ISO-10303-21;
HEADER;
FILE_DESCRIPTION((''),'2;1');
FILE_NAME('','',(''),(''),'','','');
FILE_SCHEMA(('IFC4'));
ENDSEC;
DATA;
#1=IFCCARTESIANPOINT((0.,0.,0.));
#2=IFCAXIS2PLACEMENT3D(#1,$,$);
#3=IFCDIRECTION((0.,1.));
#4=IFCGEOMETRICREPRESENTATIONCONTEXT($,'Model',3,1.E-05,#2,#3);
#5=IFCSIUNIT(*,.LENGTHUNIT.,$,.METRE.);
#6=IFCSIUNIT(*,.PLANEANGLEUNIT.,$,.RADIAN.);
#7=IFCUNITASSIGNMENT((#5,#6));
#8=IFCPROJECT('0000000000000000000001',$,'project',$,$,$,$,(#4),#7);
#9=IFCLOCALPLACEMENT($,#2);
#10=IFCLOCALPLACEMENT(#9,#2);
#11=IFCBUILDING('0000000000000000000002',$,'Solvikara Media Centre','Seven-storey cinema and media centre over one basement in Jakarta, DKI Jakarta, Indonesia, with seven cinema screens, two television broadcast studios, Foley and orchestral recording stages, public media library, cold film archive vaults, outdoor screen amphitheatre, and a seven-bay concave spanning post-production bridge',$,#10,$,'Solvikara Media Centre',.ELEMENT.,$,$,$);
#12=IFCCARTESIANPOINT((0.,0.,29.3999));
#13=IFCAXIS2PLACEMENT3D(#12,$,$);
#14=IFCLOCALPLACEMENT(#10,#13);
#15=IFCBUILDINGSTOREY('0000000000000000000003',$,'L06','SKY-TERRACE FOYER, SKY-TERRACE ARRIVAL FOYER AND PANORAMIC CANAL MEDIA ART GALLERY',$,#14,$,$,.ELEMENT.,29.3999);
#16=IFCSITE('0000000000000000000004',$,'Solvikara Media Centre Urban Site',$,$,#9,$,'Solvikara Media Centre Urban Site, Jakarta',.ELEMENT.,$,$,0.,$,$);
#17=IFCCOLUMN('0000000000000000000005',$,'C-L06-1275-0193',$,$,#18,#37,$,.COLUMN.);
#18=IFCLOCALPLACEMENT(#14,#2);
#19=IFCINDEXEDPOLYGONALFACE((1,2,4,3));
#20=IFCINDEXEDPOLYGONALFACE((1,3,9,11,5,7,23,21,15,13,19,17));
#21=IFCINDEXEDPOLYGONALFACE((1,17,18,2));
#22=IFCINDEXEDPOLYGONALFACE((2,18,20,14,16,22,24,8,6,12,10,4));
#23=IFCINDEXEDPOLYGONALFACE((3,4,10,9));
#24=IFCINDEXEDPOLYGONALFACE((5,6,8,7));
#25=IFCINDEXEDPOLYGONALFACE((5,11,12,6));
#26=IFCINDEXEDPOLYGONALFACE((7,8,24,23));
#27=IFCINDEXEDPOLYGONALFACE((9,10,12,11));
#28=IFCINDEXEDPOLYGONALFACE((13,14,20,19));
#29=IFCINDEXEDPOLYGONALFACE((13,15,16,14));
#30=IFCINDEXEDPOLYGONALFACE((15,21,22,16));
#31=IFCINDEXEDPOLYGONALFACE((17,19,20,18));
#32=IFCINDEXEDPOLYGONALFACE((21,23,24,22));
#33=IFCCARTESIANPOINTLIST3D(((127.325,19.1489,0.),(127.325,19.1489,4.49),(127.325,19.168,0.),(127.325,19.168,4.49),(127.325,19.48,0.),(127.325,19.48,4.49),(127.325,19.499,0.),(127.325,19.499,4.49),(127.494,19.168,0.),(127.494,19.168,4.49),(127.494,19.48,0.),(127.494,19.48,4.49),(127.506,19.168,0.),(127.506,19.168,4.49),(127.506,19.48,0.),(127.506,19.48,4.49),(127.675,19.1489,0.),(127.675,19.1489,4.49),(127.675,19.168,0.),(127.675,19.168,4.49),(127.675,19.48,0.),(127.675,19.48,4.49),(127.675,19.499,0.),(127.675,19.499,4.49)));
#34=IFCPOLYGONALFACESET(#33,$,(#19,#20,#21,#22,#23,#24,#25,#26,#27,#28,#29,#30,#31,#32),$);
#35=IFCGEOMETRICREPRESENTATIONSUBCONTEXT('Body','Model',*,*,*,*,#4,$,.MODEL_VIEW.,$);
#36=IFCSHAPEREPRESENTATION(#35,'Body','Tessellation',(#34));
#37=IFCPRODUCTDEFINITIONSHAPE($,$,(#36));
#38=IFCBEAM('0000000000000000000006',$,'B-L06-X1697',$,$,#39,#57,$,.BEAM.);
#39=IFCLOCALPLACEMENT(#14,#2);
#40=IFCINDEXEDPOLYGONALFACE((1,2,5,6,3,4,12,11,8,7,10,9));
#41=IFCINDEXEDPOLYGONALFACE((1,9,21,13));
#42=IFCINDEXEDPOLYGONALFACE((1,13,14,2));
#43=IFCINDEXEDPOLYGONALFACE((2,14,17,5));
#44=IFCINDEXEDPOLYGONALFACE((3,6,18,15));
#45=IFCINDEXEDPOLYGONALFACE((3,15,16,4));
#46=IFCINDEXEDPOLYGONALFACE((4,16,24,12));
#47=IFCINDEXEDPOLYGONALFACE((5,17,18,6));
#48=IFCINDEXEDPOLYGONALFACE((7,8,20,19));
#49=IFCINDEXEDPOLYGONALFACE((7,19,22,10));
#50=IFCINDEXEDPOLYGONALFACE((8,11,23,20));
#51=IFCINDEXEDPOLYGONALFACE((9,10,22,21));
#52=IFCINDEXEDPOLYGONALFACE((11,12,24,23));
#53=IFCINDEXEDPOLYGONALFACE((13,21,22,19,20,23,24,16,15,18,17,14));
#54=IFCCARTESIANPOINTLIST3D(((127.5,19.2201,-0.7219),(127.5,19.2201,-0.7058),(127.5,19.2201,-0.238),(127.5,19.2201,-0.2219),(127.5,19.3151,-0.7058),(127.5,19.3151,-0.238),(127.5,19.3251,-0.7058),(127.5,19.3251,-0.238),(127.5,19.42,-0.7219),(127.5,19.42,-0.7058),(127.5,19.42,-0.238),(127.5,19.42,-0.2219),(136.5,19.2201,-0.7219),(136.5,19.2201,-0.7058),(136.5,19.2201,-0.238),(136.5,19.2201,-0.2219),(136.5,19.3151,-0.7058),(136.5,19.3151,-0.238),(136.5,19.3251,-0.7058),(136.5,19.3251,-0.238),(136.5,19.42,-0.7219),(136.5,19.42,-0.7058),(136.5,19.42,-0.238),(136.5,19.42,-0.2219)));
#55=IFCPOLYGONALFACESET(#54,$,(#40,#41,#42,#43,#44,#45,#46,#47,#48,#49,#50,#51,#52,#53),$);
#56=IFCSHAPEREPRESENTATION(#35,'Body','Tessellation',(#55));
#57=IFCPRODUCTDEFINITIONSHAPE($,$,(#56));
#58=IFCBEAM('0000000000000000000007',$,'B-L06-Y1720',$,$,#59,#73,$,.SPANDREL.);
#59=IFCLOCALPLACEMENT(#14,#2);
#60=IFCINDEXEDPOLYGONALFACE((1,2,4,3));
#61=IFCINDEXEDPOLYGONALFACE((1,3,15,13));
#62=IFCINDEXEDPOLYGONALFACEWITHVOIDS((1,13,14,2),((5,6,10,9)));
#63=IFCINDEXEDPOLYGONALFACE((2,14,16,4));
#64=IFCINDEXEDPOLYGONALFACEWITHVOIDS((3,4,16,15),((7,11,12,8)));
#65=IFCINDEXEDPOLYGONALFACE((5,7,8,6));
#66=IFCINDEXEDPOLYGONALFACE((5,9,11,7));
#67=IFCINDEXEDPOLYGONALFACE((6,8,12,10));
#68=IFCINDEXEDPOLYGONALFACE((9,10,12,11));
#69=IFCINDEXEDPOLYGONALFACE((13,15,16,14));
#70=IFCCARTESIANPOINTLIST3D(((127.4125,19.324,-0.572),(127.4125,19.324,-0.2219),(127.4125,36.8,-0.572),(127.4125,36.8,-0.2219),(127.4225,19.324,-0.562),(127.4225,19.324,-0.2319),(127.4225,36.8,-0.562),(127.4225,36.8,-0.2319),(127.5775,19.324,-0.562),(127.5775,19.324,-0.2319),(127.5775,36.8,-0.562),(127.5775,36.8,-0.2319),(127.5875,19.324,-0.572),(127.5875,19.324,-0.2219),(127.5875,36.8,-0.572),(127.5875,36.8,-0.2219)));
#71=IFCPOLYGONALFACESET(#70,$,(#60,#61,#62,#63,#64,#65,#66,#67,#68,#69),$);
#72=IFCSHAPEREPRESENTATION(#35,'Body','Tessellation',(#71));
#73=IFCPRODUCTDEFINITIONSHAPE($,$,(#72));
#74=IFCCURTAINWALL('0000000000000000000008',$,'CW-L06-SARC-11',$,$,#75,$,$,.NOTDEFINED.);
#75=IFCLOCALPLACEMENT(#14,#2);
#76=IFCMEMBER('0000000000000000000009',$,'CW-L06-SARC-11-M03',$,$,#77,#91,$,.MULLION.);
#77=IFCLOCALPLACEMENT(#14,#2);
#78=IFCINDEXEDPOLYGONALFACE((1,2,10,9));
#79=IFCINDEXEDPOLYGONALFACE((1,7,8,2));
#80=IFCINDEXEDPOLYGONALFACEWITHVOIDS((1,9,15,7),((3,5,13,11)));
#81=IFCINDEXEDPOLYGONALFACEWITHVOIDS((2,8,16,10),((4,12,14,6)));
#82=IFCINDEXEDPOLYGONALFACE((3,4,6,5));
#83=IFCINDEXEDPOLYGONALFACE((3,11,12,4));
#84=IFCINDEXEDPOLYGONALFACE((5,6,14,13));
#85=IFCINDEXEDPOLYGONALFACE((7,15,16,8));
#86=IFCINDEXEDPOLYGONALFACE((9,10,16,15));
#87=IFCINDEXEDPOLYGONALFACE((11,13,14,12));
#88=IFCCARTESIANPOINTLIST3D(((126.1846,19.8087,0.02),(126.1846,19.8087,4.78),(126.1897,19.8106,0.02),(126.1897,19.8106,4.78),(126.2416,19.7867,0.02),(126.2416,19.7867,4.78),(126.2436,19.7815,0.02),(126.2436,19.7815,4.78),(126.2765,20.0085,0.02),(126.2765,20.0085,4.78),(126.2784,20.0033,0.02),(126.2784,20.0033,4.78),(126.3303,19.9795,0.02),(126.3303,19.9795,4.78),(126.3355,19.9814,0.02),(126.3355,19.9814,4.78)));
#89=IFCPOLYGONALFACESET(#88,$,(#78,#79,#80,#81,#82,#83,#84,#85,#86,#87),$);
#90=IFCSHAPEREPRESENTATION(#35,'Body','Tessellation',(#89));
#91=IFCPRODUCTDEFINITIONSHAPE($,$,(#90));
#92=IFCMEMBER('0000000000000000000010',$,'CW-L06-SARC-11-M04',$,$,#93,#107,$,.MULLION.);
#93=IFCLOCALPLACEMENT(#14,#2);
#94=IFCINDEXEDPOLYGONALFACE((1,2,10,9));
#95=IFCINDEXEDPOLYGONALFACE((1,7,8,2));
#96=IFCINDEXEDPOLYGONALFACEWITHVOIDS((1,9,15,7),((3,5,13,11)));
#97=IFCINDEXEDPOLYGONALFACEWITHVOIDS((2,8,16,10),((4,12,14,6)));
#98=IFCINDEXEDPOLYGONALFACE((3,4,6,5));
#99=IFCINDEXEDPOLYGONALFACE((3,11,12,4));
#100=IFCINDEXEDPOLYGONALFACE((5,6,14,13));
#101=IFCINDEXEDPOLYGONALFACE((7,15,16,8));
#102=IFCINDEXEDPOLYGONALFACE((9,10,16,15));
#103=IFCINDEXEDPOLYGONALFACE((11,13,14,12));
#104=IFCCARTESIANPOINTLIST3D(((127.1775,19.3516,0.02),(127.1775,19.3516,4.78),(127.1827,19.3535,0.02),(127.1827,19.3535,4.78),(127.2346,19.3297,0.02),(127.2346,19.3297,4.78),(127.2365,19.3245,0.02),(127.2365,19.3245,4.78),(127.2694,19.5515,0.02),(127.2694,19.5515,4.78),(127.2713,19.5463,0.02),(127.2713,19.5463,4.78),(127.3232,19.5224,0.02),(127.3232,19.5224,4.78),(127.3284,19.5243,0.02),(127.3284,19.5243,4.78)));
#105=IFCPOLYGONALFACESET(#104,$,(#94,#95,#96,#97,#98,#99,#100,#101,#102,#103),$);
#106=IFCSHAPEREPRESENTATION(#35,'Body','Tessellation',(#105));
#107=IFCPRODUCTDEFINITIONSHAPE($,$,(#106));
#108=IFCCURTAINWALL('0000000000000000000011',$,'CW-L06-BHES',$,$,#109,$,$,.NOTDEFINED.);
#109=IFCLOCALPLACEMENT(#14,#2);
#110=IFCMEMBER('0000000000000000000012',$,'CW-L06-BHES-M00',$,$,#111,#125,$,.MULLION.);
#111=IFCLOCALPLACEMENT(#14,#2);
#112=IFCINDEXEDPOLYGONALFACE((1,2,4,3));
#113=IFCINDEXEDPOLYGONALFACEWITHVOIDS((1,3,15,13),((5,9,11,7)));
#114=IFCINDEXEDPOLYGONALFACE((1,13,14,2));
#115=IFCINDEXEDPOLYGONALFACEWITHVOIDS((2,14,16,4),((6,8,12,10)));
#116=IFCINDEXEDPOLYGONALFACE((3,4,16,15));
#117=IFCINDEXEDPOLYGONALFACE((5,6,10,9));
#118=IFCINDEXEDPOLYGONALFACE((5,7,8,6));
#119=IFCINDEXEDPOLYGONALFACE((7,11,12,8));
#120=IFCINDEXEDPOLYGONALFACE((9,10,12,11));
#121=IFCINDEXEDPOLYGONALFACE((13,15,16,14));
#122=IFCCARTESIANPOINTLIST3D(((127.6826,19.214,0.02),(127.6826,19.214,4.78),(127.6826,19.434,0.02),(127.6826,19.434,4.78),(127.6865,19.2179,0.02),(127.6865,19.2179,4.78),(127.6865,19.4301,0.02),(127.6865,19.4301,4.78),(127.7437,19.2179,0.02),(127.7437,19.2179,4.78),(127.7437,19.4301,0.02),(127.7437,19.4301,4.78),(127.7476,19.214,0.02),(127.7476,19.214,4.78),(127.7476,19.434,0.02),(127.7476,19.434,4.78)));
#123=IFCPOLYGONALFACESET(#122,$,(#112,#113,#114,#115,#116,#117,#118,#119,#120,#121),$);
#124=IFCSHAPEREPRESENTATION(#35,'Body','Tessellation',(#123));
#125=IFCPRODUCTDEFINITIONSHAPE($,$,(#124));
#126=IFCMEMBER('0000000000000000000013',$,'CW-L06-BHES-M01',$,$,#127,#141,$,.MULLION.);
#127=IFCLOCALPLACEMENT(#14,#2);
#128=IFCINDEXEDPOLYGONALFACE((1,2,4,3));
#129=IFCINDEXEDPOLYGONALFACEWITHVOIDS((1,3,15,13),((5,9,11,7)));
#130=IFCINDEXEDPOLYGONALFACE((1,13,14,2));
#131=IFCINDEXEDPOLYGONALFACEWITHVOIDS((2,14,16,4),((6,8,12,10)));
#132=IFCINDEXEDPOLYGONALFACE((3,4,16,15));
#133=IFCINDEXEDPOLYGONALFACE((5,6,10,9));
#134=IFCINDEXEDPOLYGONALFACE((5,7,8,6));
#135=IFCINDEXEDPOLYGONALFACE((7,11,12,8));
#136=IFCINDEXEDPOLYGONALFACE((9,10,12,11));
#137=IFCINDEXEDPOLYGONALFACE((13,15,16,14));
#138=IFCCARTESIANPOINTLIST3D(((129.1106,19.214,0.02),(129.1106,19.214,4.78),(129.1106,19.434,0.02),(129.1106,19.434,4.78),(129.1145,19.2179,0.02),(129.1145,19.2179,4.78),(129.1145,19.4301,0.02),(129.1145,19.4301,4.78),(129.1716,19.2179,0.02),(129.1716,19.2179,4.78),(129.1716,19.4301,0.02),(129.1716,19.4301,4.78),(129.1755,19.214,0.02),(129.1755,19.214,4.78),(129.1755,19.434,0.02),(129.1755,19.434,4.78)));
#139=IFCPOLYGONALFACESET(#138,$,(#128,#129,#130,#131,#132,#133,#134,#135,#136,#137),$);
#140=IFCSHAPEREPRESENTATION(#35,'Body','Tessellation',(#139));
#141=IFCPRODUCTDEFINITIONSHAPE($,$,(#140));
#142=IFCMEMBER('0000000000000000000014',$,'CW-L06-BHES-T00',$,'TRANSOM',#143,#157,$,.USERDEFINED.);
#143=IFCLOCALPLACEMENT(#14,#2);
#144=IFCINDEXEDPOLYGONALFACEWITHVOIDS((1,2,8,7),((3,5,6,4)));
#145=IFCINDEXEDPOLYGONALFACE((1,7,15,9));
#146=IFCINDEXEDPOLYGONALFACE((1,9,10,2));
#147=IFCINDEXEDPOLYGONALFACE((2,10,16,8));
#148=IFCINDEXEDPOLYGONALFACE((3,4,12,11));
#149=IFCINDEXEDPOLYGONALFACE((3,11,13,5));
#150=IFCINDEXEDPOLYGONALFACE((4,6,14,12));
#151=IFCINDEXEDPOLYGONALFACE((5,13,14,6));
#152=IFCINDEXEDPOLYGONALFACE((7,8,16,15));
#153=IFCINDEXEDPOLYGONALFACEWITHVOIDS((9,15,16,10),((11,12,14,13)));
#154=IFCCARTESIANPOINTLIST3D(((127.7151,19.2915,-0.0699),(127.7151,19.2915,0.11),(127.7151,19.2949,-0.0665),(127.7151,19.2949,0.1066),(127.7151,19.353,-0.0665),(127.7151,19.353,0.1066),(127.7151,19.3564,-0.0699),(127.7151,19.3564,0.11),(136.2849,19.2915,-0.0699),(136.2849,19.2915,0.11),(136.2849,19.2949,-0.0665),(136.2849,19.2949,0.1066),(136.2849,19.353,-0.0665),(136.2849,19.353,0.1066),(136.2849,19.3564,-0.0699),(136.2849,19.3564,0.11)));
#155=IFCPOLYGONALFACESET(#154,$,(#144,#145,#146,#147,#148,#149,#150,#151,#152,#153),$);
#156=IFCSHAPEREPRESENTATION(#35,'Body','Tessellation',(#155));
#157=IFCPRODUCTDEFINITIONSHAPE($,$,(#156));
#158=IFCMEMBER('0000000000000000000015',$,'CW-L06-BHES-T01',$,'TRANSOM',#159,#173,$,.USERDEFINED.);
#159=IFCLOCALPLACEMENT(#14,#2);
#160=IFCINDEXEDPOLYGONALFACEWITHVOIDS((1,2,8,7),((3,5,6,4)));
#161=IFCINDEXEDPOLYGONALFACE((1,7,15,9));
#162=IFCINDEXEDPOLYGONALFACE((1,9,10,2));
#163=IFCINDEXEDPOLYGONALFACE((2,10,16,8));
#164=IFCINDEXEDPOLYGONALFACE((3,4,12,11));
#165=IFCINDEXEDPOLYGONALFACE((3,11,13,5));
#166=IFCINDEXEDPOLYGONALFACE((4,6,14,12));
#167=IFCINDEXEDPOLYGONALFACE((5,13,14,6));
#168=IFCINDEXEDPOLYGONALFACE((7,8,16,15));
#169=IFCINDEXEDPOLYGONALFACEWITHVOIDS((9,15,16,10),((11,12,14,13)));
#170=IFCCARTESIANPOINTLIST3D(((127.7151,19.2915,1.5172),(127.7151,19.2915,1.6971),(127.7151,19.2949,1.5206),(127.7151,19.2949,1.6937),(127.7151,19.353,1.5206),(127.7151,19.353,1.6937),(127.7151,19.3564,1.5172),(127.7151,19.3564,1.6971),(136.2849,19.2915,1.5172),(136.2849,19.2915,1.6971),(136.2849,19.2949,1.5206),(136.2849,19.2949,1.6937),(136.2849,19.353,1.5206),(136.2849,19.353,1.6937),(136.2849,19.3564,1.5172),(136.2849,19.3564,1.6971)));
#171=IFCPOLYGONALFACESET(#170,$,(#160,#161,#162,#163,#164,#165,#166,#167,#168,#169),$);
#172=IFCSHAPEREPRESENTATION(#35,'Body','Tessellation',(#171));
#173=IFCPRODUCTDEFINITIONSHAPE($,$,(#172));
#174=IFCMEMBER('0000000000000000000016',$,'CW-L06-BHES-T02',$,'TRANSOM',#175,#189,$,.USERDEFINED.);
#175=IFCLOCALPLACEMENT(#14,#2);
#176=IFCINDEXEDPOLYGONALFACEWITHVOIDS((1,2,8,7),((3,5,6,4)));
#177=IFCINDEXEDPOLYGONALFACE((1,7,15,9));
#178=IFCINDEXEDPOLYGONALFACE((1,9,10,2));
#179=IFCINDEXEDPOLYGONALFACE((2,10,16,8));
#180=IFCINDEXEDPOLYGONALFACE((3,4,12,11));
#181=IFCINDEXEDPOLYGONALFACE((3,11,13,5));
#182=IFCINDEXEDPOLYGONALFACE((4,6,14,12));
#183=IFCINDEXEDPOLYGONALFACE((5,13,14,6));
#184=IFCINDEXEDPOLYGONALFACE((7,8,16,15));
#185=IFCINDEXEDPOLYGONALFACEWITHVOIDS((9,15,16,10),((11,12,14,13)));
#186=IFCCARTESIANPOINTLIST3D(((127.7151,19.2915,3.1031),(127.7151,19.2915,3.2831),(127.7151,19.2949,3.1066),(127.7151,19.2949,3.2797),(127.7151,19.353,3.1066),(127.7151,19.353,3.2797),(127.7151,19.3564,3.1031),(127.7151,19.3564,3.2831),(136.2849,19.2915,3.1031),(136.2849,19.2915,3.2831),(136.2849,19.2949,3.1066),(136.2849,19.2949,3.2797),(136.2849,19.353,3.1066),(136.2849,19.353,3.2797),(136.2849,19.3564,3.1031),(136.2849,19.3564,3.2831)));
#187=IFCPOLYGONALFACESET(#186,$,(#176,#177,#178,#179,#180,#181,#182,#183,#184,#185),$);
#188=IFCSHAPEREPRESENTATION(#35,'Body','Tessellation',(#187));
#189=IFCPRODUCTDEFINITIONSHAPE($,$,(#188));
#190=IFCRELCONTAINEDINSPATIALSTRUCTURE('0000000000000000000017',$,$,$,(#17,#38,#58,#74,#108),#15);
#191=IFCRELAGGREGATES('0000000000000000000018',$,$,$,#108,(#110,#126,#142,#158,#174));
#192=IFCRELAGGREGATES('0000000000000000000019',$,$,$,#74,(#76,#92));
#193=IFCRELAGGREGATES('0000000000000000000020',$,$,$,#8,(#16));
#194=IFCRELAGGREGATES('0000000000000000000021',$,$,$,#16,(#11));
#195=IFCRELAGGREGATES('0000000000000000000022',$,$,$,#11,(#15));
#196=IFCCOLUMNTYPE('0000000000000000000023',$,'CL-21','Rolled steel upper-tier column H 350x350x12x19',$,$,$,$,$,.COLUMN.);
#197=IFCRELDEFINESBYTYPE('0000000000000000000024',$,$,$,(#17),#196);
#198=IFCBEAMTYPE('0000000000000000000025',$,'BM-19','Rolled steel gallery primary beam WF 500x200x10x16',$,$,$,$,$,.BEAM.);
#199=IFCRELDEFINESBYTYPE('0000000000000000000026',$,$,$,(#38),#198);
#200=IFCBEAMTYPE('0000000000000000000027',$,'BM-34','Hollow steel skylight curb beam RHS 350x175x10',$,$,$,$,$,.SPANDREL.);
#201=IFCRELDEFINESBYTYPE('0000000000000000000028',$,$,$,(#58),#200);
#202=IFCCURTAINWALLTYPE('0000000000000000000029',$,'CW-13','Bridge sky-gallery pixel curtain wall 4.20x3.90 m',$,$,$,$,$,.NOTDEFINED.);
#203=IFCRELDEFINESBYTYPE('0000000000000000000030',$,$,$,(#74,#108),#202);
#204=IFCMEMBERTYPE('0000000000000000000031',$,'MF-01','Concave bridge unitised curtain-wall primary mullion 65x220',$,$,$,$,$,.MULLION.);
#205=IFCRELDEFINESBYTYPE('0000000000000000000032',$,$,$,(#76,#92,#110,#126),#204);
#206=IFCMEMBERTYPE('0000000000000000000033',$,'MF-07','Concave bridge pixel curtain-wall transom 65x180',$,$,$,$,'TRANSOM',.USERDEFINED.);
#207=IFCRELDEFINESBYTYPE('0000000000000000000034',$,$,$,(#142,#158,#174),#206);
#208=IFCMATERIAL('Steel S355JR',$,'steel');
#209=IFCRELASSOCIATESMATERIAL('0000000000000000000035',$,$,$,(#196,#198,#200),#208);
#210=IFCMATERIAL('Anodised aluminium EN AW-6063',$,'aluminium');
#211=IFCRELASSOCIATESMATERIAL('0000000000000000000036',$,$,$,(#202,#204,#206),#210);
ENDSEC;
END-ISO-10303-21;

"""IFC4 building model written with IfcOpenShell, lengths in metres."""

from ifc_helpers import new_model, si_unit, direction, frame, origin, origin_2d, place, context, subcontext, project, spatial, hollow_rectangle, i_section, extrude, material, material_profile, profile_set, type_object, element, aggregate, save


model = new_model("IFC4")

# Units and contexts
model_context = context("Model", 3, precision=1e-05, world=origin(), true_north=direction((0.0, 1.0)))
body_context = subcontext(model_context, "Body", "Model", "MODEL_VIEW")
ifc_project = project(units=[si_unit("LENGTHUNIT", "METRE"), si_unit("PLANEANGLEUNIT", "RADIAN")], contexts=[model_context])

# Site, building, storey
site_placement = place(None, origin())
site = spatial("IfcSite", under=ifc_project, at=site_placement, Name="Solvikara Media Centre Urban Site", LongName="Solvikara Media Centre Urban Site, Jakarta", CompositionType="ELEMENT", RefElevation=0.0)
building_placement = place(site_placement, origin())
building = spatial("IfcBuilding", under=site, at=building_placement, Name="Solvikara Media Centre", Description="Seven-storey cinema and media centre over one basement in Jakarta, DKI Jakarta, Indonesia, with seven cinema screens, two television broadcast studios, Foley and orchestral recording stages, public media library, cold film archive vaults, outdoor screen amphitheatre, and a seven-bay concave spanning post-production bridge", LongName="Solvikara Media Centre", CompositionType="ELEMENT")
storey_placement = place(building_placement, frame((0.0, 0.0, 29.3999)))
storey = spatial("IfcBuildingStorey", under=building, at=storey_placement, Name="L06", Description="SKY-TERRACE FOYER, SKY-TERRACE ARRIVAL FOYER AND PANORAMIC CANAL MEDIA ART GALLERY", CompositionType="ELEMENT", Elevation=29.3999)

# Column
ifc_material_1 = material(Name="Steel S355JR", Category="steel")
ifc_material_profile_1 = material_profile(ifc_material_1, i_section(OverallWidth=0.3501, OverallDepth=0.3501, WebThickness=0.012, FlangeThickness=0.019, at=origin_2d()), Name="H 350x350x12x19")
ifc_profile_set_1 = profile_set([ifc_material_profile_1], Name="Steel S355JR")
column_type = type_object("IfcColumnType", Name="CL-21", Description="Rolled steel upper-tier column H 350x350x12x19", PredefinedType="COLUMN", material=ifc_profile_set_1)
column_placement = place(storey_placement, frame((127.5, 19.324, 0.0), z_axis=(0.0, 0.0, 1.0), x_axis=(1.0, 0.0, 0.0)))
element("IfcColumn", 1, at=column_placement, inside=storey, type_object=column_type, Name="C-L06-1275-0193", PredefinedType="COLUMN", context=body_context, shape_type="SweptSolid", body=[
    extrude(i_section(OverallWidth=0.3501, OverallDepth=0.3501, WebThickness=0.012, FlangeThickness=0.019, at=origin_2d()), origin(), (0.0, 0.0, 1.0), 4.49),
])

# Beams
ifc_material_profile_2 = material_profile(ifc_material_1, i_section(OverallWidth=0.2, OverallDepth=0.5, WebThickness=0.01, FlangeThickness=0.0161, at=origin_2d()), Name="WF 500x200x10x16")
ifc_profile_set_2 = profile_set([ifc_material_profile_2], Name="Steel S355JR")
beam_type_1 = type_object("IfcBeamType", Name="BM-19", Description="Rolled steel gallery primary beam WF 500x200x10x16", PredefinedType="BEAM", material=ifc_profile_set_2)
beam_1_placement = place(storey_placement, frame((127.5, 19.3201, -0.4719), z_axis=(1.0, 0.0, 0.0), x_axis=(0.0, 1.0, 0.0)))
element("IfcBeam", 2, at=beam_1_placement, inside=storey, type_object=beam_type_1, Name="B-L06-X1697", PredefinedType="BEAM", context=body_context, shape_type="SweptSolid", body=[
    extrude(i_section(OverallWidth=0.2, OverallDepth=0.5, WebThickness=0.01, FlangeThickness=0.0161, at=origin_2d()), origin(), (0.0, 0.0, 1.0), 9.0),
])
ifc_material_profile_3 = material_profile(ifc_material_1, hollow_rectangle(XDim=0.175, YDim=0.3501, WallThickness=0.01, at=origin_2d()), Name="RHS 350x175x10")
ifc_profile_set_3 = profile_set([ifc_material_profile_3], Name="Steel S355JR")
beam_type_2 = type_object("IfcBeamType", Name="BM-34", Description="Hollow steel skylight curb beam RHS 350x175x10", PredefinedType="SPANDREL", material=ifc_profile_set_3)
beam_2_placement = place(storey_placement, frame((127.5, 19.324, -0.397), z_axis=(0.0, 1.0, 0.0), x_axis=(-1.0, 0.0, 0.0)))
element("IfcBeam", 3, at=beam_2_placement, inside=storey, type_object=beam_type_2, Name="B-L06-Y1720", PredefinedType="SPANDREL", context=body_context, shape_type="SweptSolid", body=[
    extrude(hollow_rectangle(XDim=0.175, YDim=0.3501, WallThickness=0.01, at=origin_2d()), origin(), (0.0, 0.0, 1.0), 17.4761),
])

# Curtain walls, members
ifc_material_2 = material(Name="Anodised aluminium EN AW-6063", Category="aluminium")
curtain_wall_type = type_object("IfcCurtainWallType", Name="CW-13", Description="Bridge sky-gallery pixel curtain wall 4.20x3.90 m", PredefinedType="NOTDEFINED", material=ifc_material_2)
curtain_wall_1_placement = place(storey_placement, origin())
curtain_wall_1 = element("IfcCurtainWall", 4, at=curtain_wall_1_placement, inside=storey, type_object=curtain_wall_type, Name="CW-L06-SARC-11", PredefinedType="NOTDEFINED")
ifc_material_profile_4 = material_profile(ifc_material_2, hollow_rectangle(XDim=0.0649, YDim=0.22, WallThickness=0.0039, at=origin_2d()), Name="ALU-M 65x220x4")
ifc_profile_set_4 = profile_set([ifc_material_profile_4], Name="Anodised aluminium EN AW-6063")
member_type_1 = type_object("IfcMemberType", Name="MF-01", Description="Concave bridge unitised curtain-wall primary mullion 65x220", PredefinedType="MULLION", material=ifc_profile_set_4)
member_1_placement = place(storey_placement, frame((126.26, 19.895, 0.02), z_axis=(0.0, 0.0, 1.0), x_axis=(0.908545, -0.417788, 0.0)))
member_1 = element("IfcMember", 5, at=member_1_placement, type_object=member_type_1, Name="CW-L06-SARC-11-M03", PredefinedType="MULLION", context=body_context, shape_type="SweptSolid", body=[
    extrude(hollow_rectangle(XDim=0.0649, YDim=0.22, WallThickness=0.0039, at=origin_2d()), origin(), (0.0, 0.0, 1.0), 4.76),
])
member_2_placement = place(storey_placement, frame((127.2529, 19.438, 0.02), z_axis=(0.0, 0.0, 1.0), x_axis=(0.908545, -0.417788, 0.0)))
member_2 = element("IfcMember", 6, at=member_2_placement, type_object=member_type_1, Name="CW-L06-SARC-11-M04", PredefinedType="MULLION", context=body_context, shape_type="SweptSolid", body=[
    extrude(hollow_rectangle(XDim=0.0649, YDim=0.22, WallThickness=0.0039, at=origin_2d()), origin(), (0.0, 0.0, 1.0), 4.76),
])
curtain_wall_2_placement = place(storey_placement, origin())
curtain_wall_2 = element("IfcCurtainWall", 7, at=curtain_wall_2_placement, inside=storey, type_object=curtain_wall_type, Name="CW-L06-BHES", PredefinedType="NOTDEFINED")
member_3_placement = place(storey_placement, frame((127.7151, 19.324, 0.02), z_axis=(0.0, 0.0, 1.0), x_axis=(1.0, 0.0, 0.0)))
member_3 = element("IfcMember", 8, at=member_3_placement, type_object=member_type_1, Name="CW-L06-BHES-M00", PredefinedType="MULLION", context=body_context, shape_type="SweptSolid", body=[
    extrude(hollow_rectangle(XDim=0.0649, YDim=0.22, WallThickness=0.0039, at=origin_2d()), origin(), (0.0, 0.0, 1.0), 4.76),
])
member_4_placement = place(storey_placement, frame((129.1431, 19.324, 0.02), z_axis=(0.0, 0.0, 1.0), x_axis=(1.0, 0.0, 0.0)))
member_4 = element("IfcMember", 9, at=member_4_placement, type_object=member_type_1, Name="CW-L06-BHES-M01", PredefinedType="MULLION", context=body_context, shape_type="SweptSolid", body=[
    extrude(hollow_rectangle(XDim=0.0649, YDim=0.22, WallThickness=0.0039, at=origin_2d()), origin(), (0.0, 0.0, 1.0), 4.76),
])
ifc_material_profile_5 = material_profile(ifc_material_2, hollow_rectangle(XDim=0.0649, YDim=0.1799, WallThickness=0.0034, at=origin_2d()), Name="ALU-T 65x180x3.5")
ifc_profile_set_5 = profile_set([ifc_material_profile_5], Name="Anodised aluminium EN AW-6063")
member_type_2 = type_object("IfcMemberType", Name="MF-07", Description="Concave bridge pixel curtain-wall transom 65x180", ElementType="TRANSOM", PredefinedType="USERDEFINED", material=ifc_profile_set_5)
member_5_placement = place(storey_placement, frame((127.7151, 19.324, 0.02), z_axis=(1.0, 0.0, 0.0), x_axis=(0.0, 1.0, 0.0)))
member_5 = element("IfcMember", 10, at=member_5_placement, type_object=member_type_2, Name="CW-L06-BHES-T00", ObjectType="TRANSOM", PredefinedType="USERDEFINED", context=body_context, shape_type="SweptSolid", body=[
    extrude(hollow_rectangle(XDim=0.0649, YDim=0.1799, WallThickness=0.0034, at=origin_2d()), origin(), (0.0, 0.0, 1.0), 8.5698),
])
member_6_placement = place(storey_placement, frame((127.7151, 19.324, 1.6072), z_axis=(1.0, 0.0, 0.0), x_axis=(0.0, 1.0, 0.0)))
member_6 = element("IfcMember", 11, at=member_6_placement, type_object=member_type_2, Name="CW-L06-BHES-T01", ObjectType="TRANSOM", PredefinedType="USERDEFINED", context=body_context, shape_type="SweptSolid", body=[
    extrude(hollow_rectangle(XDim=0.0649, YDim=0.1799, WallThickness=0.0034, at=origin_2d()), origin(), (0.0, 0.0, 1.0), 8.5698),
])
member_7_placement = place(storey_placement, frame((127.7151, 19.324, 3.1931), z_axis=(1.0, 0.0, 0.0), x_axis=(0.0, 1.0, 0.0)))
member_7 = element("IfcMember", 12, at=member_7_placement, type_object=member_type_2, Name="CW-L06-BHES-T02", ObjectType="TRANSOM", PredefinedType="USERDEFINED", context=body_context, shape_type="SweptSolid", body=[
    extrude(hollow_rectangle(XDim=0.0649, YDim=0.1799, WallThickness=0.0034, at=origin_2d()), origin(), (0.0, 0.0, 1.0), 8.5698),
])

aggregate(curtain_wall_2, [member_3, member_4, member_5, member_6, member_7])
aggregate(curtain_wall_1, [member_1, member_2])

save(model, "model.ifc")
